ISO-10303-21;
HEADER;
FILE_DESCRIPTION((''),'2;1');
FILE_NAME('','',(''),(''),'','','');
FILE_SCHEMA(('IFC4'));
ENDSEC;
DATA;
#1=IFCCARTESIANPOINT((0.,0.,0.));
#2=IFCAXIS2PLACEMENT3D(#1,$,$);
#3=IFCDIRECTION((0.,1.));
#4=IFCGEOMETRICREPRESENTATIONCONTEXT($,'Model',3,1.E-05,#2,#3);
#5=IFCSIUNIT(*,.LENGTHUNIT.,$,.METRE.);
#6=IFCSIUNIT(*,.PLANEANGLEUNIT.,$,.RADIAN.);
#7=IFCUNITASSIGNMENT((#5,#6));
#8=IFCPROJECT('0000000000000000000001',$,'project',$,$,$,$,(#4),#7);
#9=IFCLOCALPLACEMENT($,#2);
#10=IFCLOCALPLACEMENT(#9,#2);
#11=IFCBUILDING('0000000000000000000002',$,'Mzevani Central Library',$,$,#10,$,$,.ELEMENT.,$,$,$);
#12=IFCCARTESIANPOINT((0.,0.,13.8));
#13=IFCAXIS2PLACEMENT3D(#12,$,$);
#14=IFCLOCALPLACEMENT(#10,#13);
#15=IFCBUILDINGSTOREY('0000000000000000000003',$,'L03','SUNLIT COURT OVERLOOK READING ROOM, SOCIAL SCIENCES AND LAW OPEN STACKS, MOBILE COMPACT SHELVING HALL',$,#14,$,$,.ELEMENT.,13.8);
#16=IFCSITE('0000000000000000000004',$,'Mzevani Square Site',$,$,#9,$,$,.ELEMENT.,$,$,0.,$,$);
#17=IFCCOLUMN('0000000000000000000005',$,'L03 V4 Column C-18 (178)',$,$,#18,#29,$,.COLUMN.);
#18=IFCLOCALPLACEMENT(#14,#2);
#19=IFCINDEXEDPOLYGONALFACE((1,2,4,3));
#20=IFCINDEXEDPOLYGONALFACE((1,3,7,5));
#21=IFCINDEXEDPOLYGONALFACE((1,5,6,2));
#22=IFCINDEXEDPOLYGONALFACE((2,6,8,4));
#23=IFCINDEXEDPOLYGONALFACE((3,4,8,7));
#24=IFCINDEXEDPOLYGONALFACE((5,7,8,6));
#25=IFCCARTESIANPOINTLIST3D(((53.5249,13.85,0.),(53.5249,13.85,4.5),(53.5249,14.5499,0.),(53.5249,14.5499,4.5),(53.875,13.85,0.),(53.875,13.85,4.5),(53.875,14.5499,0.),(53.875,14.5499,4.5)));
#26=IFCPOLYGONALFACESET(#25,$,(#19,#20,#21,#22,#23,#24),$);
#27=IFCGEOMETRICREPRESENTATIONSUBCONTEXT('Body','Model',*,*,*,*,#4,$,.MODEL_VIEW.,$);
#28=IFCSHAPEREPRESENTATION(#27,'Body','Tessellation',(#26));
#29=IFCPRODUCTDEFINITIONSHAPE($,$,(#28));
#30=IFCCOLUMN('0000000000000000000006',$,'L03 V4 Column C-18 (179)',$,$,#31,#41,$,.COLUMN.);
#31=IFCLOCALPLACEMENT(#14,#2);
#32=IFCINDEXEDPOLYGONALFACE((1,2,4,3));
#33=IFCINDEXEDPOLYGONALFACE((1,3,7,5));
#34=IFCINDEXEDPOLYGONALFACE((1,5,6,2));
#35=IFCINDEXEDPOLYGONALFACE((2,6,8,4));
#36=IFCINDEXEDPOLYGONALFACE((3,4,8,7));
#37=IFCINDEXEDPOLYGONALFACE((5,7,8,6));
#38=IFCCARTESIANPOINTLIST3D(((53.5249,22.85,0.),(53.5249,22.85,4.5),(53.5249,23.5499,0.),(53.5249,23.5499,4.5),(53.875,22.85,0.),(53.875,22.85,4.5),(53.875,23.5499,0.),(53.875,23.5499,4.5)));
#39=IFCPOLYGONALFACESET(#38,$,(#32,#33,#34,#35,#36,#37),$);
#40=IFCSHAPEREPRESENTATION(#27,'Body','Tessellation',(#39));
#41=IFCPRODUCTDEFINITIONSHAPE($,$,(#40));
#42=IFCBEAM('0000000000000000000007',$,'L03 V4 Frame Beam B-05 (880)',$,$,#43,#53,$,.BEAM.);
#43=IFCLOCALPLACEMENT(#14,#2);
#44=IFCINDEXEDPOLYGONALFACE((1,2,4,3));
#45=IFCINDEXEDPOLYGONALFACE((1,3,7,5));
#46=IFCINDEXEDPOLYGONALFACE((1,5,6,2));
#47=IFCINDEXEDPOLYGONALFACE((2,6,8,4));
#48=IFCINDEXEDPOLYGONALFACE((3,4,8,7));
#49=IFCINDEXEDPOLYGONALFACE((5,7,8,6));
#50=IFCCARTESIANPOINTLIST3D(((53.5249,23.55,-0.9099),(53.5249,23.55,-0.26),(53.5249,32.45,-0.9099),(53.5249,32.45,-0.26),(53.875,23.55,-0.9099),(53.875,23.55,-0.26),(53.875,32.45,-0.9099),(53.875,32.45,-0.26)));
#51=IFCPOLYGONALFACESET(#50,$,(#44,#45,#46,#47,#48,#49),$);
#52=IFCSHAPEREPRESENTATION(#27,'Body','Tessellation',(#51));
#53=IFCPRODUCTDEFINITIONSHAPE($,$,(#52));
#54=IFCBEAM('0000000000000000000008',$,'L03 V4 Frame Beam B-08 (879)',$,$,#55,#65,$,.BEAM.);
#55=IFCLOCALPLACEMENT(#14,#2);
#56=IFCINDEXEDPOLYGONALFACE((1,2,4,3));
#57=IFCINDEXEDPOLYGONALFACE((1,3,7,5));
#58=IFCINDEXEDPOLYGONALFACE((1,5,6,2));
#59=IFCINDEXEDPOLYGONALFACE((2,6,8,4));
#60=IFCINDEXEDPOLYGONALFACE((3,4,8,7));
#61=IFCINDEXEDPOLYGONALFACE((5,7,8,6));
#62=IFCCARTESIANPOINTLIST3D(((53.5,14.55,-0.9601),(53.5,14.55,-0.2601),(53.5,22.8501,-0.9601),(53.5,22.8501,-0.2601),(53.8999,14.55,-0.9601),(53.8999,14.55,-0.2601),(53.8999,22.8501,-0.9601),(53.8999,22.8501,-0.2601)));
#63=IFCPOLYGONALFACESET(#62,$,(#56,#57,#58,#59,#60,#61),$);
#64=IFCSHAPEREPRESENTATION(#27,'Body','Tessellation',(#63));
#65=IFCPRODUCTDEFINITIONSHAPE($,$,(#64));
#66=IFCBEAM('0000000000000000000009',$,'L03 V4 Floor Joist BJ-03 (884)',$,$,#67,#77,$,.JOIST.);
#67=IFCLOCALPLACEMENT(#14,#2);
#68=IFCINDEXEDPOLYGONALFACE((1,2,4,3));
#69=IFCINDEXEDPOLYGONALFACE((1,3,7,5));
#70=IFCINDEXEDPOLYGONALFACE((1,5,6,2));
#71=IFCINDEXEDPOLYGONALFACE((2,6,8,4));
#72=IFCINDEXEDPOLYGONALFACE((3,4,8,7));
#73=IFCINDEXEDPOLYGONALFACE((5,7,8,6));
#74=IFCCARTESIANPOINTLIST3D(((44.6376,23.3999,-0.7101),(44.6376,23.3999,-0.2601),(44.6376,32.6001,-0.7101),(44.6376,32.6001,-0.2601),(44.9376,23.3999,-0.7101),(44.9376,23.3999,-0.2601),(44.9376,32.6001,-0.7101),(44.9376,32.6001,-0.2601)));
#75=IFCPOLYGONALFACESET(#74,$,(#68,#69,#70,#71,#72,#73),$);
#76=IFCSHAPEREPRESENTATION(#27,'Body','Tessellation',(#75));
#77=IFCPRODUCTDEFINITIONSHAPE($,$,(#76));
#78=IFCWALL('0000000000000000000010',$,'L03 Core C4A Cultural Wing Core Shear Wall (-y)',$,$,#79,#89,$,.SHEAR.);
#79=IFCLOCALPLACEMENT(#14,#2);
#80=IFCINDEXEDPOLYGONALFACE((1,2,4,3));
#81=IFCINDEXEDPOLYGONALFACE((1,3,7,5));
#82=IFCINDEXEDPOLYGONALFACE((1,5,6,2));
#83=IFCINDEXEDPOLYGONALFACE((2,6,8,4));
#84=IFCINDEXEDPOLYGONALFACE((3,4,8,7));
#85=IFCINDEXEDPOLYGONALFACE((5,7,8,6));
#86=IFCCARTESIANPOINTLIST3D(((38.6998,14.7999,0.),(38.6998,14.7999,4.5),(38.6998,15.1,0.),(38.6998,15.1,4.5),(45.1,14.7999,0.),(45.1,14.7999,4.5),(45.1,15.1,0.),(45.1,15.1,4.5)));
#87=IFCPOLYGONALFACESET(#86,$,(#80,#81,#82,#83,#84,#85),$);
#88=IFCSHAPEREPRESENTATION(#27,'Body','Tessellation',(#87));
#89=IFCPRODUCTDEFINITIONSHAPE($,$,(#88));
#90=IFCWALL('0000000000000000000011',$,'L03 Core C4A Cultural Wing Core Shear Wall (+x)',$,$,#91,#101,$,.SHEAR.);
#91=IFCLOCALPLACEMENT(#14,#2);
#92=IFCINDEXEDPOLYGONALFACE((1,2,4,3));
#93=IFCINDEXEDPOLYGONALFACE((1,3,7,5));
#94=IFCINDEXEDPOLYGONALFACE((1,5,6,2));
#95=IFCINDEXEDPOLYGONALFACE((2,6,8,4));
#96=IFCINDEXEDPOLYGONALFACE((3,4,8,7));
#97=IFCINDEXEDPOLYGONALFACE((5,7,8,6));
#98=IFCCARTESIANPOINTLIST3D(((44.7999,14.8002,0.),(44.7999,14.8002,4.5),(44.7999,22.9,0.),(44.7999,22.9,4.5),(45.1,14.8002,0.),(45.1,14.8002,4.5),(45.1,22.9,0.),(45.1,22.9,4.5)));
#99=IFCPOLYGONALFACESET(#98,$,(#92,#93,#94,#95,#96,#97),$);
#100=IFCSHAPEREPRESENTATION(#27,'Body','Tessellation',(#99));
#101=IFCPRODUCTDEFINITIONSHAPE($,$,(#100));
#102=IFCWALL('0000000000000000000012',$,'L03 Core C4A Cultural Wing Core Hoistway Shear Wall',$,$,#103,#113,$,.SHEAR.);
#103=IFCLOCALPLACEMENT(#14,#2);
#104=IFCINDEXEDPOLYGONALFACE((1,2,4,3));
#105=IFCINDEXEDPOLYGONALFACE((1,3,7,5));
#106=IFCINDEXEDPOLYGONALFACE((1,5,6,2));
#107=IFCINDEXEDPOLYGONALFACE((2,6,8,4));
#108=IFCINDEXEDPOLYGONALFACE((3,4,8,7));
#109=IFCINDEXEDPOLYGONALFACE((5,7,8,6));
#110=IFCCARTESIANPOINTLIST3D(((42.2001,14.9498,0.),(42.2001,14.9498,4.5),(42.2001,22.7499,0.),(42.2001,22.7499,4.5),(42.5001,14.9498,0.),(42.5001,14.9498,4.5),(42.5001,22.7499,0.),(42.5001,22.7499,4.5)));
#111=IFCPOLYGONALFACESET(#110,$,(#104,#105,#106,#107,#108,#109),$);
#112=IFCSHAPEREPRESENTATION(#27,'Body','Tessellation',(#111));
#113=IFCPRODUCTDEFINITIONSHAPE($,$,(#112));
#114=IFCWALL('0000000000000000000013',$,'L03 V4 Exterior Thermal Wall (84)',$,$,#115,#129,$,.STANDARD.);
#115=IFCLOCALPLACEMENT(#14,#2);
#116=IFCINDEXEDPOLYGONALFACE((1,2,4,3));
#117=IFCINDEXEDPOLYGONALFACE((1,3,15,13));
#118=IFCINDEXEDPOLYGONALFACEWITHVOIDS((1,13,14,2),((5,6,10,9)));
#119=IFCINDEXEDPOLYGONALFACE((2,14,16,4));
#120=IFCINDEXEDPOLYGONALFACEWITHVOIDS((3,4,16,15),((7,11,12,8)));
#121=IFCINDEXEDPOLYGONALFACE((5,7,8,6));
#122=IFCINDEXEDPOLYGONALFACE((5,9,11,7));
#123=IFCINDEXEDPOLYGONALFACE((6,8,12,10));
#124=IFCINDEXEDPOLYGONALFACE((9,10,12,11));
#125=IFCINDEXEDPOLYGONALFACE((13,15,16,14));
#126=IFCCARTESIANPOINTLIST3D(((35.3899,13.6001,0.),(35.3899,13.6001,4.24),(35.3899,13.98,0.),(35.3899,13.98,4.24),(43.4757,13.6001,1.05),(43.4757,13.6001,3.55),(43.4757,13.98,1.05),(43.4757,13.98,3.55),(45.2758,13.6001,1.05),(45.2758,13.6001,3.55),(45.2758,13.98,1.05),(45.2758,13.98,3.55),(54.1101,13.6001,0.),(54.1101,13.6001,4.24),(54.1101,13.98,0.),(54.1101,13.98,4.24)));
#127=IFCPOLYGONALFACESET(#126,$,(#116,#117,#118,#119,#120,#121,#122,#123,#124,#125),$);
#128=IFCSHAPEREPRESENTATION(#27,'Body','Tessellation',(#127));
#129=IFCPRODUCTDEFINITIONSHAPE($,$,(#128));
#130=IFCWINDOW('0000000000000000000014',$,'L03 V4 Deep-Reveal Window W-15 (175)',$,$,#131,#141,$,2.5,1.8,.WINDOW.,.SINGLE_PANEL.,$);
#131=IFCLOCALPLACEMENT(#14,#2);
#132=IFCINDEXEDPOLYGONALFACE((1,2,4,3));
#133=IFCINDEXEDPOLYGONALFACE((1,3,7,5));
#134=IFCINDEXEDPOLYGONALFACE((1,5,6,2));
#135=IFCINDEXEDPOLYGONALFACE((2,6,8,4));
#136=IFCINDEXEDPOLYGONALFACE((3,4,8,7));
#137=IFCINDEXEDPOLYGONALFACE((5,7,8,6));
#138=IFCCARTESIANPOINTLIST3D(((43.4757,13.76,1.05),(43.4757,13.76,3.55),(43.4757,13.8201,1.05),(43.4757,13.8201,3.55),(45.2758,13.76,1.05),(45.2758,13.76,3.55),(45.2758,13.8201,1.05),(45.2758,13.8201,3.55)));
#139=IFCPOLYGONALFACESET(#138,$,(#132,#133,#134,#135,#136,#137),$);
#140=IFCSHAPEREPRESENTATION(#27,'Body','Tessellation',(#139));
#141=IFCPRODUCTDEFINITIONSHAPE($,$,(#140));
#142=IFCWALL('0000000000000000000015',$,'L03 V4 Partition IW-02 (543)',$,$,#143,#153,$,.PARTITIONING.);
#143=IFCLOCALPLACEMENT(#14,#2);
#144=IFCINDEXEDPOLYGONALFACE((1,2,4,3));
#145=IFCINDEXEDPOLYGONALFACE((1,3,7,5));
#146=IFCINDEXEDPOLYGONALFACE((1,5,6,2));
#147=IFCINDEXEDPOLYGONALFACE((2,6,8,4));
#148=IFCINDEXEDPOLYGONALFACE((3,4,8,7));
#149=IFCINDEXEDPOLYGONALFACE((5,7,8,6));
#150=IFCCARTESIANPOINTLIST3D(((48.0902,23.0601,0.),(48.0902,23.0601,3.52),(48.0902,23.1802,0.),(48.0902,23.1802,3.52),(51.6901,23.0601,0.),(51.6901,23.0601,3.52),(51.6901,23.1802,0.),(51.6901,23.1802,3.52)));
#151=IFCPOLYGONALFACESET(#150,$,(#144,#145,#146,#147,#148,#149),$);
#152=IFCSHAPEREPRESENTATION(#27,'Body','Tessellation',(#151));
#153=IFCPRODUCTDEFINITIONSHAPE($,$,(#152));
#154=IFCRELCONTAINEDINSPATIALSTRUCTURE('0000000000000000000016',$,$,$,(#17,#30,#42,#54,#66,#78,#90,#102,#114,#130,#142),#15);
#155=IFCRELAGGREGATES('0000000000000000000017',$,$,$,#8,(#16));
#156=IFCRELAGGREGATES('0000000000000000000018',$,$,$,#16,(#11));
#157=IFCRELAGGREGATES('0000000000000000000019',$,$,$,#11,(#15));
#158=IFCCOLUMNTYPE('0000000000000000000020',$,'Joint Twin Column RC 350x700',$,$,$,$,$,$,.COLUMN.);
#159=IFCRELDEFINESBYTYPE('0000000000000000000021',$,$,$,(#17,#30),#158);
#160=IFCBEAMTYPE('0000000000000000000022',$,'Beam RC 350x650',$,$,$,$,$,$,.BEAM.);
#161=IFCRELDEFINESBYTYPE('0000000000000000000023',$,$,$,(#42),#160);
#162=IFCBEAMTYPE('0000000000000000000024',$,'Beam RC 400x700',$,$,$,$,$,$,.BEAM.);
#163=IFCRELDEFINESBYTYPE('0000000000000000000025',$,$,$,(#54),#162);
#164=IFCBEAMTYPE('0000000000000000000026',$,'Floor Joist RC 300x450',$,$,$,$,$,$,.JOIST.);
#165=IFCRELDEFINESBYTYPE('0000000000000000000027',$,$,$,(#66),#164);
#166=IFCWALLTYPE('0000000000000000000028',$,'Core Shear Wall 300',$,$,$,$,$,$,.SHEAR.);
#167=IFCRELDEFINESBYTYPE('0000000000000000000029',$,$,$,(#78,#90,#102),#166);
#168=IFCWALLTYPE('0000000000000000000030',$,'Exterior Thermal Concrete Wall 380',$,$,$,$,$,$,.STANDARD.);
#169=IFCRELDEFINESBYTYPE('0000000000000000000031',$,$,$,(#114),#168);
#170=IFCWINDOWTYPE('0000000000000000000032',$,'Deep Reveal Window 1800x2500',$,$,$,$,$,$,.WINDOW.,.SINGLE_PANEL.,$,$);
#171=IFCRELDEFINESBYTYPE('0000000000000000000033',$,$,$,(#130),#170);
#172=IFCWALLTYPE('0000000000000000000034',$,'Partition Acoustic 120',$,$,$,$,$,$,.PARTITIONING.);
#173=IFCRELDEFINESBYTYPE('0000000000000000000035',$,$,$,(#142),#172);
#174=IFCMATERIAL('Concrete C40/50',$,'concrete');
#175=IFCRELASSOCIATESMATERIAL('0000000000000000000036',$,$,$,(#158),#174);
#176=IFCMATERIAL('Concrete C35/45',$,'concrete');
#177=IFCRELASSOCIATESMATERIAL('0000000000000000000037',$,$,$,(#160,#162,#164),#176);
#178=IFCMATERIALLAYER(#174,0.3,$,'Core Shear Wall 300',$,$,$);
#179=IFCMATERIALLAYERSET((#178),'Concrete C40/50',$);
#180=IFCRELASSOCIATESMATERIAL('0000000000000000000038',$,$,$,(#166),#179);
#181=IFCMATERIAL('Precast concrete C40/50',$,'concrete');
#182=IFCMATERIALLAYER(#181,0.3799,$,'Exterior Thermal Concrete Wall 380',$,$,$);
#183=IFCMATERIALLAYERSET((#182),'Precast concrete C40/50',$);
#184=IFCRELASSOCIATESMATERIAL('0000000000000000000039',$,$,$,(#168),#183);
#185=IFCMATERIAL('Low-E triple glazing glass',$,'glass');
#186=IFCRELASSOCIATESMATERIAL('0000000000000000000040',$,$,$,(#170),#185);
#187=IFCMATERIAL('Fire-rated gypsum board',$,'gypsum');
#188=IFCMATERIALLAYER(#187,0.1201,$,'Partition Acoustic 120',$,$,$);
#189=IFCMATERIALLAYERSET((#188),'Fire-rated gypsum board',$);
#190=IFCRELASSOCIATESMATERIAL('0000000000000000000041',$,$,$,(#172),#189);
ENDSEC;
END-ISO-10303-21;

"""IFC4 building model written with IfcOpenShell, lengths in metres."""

from ifc_helpers import new_model, si_unit, direction, frame, frame_2d, origin, origin_2d, place, context, subcontext, project, spatial, rectangle, extrude, material, layer, layer_set, material_profile, profile_set, type_object, element, fill, save


model = new_model("IFC4")

# Units and contexts
model_context = context("Model", 3, precision=1e-05, world=origin(), true_north=direction((0.0, 1.0)))
body_context = subcontext(model_context, "Body", "Model", "MODEL_VIEW")
ifc_project = project(units=[si_unit("LENGTHUNIT", "METRE"), si_unit("PLANEANGLEUNIT", "RADIAN")], contexts=[model_context])

# Site, building, storey
site_placement = place(None, origin())
site = spatial("IfcSite", under=ifc_project, at=site_placement, Name="Mzevani Square Site", CompositionType="ELEMENT", RefElevation=0.0)
building_placement = place(site_placement, origin())
building = spatial("IfcBuilding", under=site, at=building_placement, Name="Mzevani Central Library", CompositionType="ELEMENT")
storey_placement = place(building_placement, frame((0.0, 0.0, 13.8)))
storey = spatial("IfcBuildingStorey", under=building, at=storey_placement, Name="L03", Description="SUNLIT COURT OVERLOOK READING ROOM, SOCIAL SCIENCES AND LAW OPEN STACKS, MOBILE COMPACT SHELVING HALL", CompositionType="ELEMENT", Elevation=13.8)

# Columns
ifc_material_1 = material(Name="Concrete C40/50", Category="concrete")
ifc_material_profile_1 = material_profile(ifc_material_1, rectangle(XDim=0.3501, YDim=0.7, at=origin_2d()), Name="RC 350x700")
ifc_profile_set_1 = profile_set([ifc_material_profile_1], Name="Concrete C40/50")
column_type = type_object("IfcColumnType", Name="Joint Twin Column RC 350x700", PredefinedType="COLUMN", material=ifc_profile_set_1)
for number, where, z_axis, x_axis, name in (
    (1, (53.7, 14.2, 0.0), (0.0, 0.0, 1.0), (1.0, 0.0, 0.0), "L03 V4 Column C-18 (178)"),
    (2, (53.7, 23.2, 0.0), (0.0, 0.0, 1.0), (1.0, 0.0, 0.0), "L03 V4 Column C-18 (179)"),
):
    element("IfcColumn", number, at=place(storey_placement, frame(where, z_axis=z_axis, x_axis=x_axis)), inside=storey, type_object=column_type, Name=name, PredefinedType="COLUMN", context=body_context, shape_type="SweptSolid", body=[
        extrude(rectangle(XDim=0.3501, YDim=0.7, at=origin_2d()), origin(), (0.0, 0.0, 1.0), 4.5),
    ])

# Beams
ifc_material_2 = material(Name="Concrete C35/45", Category="concrete")
ifc_material_profile_2 = material_profile(ifc_material_2, rectangle(XDim=0.3501, YDim=0.6499, at=origin_2d()), Name="RC B350x650")
ifc_profile_set_2 = profile_set([ifc_material_profile_2], Name="Concrete C35/45")
beam_type_1 = type_object("IfcBeamType", Name="Beam RC 350x650", PredefinedType="BEAM", material=ifc_profile_set_2)
beam_1_placement = place(storey_placement, frame((53.7, 23.55, -0.585), z_axis=(0.0, 1.0, 0.0), x_axis=(-1.0, 0.0, 0.0)))
element("IfcBeam", 3, at=beam_1_placement, inside=storey, type_object=beam_type_1, Name="L03 V4 Frame Beam B-05 (880)", PredefinedType="BEAM", context=body_context, shape_type="SweptSolid", body=[
    extrude(rectangle(XDim=0.3501, YDim=0.6499, at=origin_2d()), origin(), (0.0, 0.0, 1.0), 8.8999),
])
ifc_material_profile_3 = material_profile(ifc_material_2, rectangle(XDim=0.3999, YDim=0.7, at=origin_2d()), Name="RC B400x700")
ifc_profile_set_3 = profile_set([ifc_material_profile_3], Name="Concrete C35/45")
beam_type_2 = type_object("IfcBeamType", Name="Beam RC 400x700", PredefinedType="BEAM", material=ifc_profile_set_3)
beam_2_placement = place(storey_placement, frame((53.7, 14.55, -0.6101), z_axis=(0.0, 1.0, 0.0), x_axis=(-1.0, 0.0, 0.0)))
element("IfcBeam", 4, at=beam_2_placement, inside=storey, type_object=beam_type_2, Name="L03 V4 Frame Beam B-08 (879)", PredefinedType="BEAM", context=body_context, shape_type="SweptSolid", body=[
    extrude(rectangle(XDim=0.3999, YDim=0.7, at=origin_2d()), origin(), (0.0, 0.0, 1.0), 8.3),
])
ifc_material_profile_4 = material_profile(ifc_material_2, rectangle(XDim=0.3, YDim=0.45, at=origin_2d()), Name="RC J300x450")
ifc_profile_set_4 = profile_set([ifc_material_profile_4], Name="Concrete C35/45")
beam_type_3 = type_object("IfcBeamType", Name="Floor Joist RC 300x450", PredefinedType="JOIST", material=ifc_profile_set_4)
beam_3_placement = place(storey_placement, frame((44.7876, 23.3999, -0.4851), z_axis=(0.0, 1.0, 0.0), x_axis=(-1.0, 0.0, 0.0)))
element("IfcBeam", 5, at=beam_3_placement, inside=storey, type_object=beam_type_3, Name="L03 V4 Floor Joist BJ-03 (884)", PredefinedType="JOIST", context=body_context, shape_type="SweptSolid", body=[
    extrude(rectangle(XDim=0.3, YDim=0.45, at=origin_2d()), origin(), (0.0, 0.0, 1.0), 9.2002),
])

# Walls
ifc_layer_1 = layer(ifc_material_1, 0.3, Name="Core Shear Wall 300")
ifc_layer_set_1 = layer_set([ifc_layer_1], Name="Concrete C40/50")
wall_type_1 = type_object("IfcWallType", Name="Core Shear Wall 300", PredefinedType="SHEAR", material=ifc_layer_set_1)
wall_1_placement = place(storey_placement, frame((45.1001, 14.95, 0.0), z_axis=(0.0, 0.0, 1.0), x_axis=(-1.0, 0.0, 0.0)))
element("IfcWall", 6, at=wall_1_placement, inside=storey, type_object=wall_type_1, Name="L03 Core C4A Cultural Wing Core Shear Wall (-y)", PredefinedType="SHEAR", context=body_context, shape_type="SweptSolid", body=[
    extrude(rectangle(XDim=6.4001, YDim=0.3, at=frame_2d((3.2002, 0.0))), origin(), (0.0, 0.0, 1.0), 4.5),
])
wall_2_placement = place(storey_placement, frame((44.95, 22.8999, 0.0), z_axis=(0.0, 0.0, 1.0), x_axis=(0.0, -1.0, 0.0)))
element("IfcWall", 7, at=wall_2_placement, inside=storey, type_object=wall_type_1, Name="L03 Core C4A Cultural Wing Core Shear Wall (+x)", PredefinedType="SHEAR", context=body_context, shape_type="SweptSolid", body=[
    extrude(rectangle(XDim=8.0999, YDim=0.3, at=frame_2d((4.0498, 0.0))), origin(), (0.0, 0.0, 1.0), 4.5),
])
wall_3_placement = place(storey_placement, frame((42.3501, 14.95, 0.0), z_axis=(0.0, 0.0, 1.0), x_axis=(0.0, 1.0, 0.0)))
element("IfcWall", 8, at=wall_3_placement, inside=storey, type_object=wall_type_1, Name="L03 Core C4A Cultural Wing Core Hoistway Shear Wall", PredefinedType="SHEAR", context=body_context, shape_type="SweptSolid", body=[
    extrude(rectangle(XDim=7.8, YDim=0.3, at=frame_2d((3.8999, 0.0))), origin(), (0.0, 0.0, 1.0), 4.5),
])

# Wall, opening, window
ifc_material_3 = material(Name="Precast concrete C40/50", Category="concrete")
ifc_layer_2 = layer(ifc_material_3, 0.3799, Name="Exterior Thermal Concrete Wall 380")
ifc_layer_set_2 = layer_set([ifc_layer_2], Name="Precast concrete C40/50")
wall_type_2 = type_object("IfcWallType", Name="Exterior Thermal Concrete Wall 380", PredefinedType="STANDARD", material=ifc_layer_set_2)
wall_4_placement = place(storey_placement, frame((54.1101, 13.79, 0.0), z_axis=(0.0, 0.0, 1.0), x_axis=(-1.0, 0.0, 0.0)))
wall_4 = element("IfcWall", 9, at=wall_4_placement, inside=storey, type_object=wall_type_2, Name="L03 V4 Exterior Thermal Wall (84)", PredefinedType="STANDARD", context=body_context, shape_type="SweptSolid", body=[
    extrude(rectangle(XDim=18.7202, YDim=0.3799, at=frame_2d((9.3601, 0.0))), origin(), (0.0, 0.0, 1.0), 4.24),
])
opening_1_placement = place(wall_4_placement, frame((8.8345, 0.0, 1.05)))
opening_1 = element("IfcOpeningElement", 10, at=opening_1_placement, cuts=wall_4, PredefinedType="OPENING", context=body_context, shape_type="SweptSolid", body=[
    extrude(rectangle(XDim=1.8, YDim=2.5, at=frame_2d((0.8999, 1.25))), frame((0.0, 0.2, 0.0), z_axis=(0.0, -1.0, 0.0), x_axis=(1.0, 0.0, 0.0)), (0.0, 0.0, 1.0), 0.3999),
])
ifc_material_4 = material(Name="Low-E triple glazing glass", Category="glass")
window_type = type_object("IfcWindowType", Name="Deep Reveal Window 1800x2500", PartitioningType="SINGLE_PANEL", PredefinedType="WINDOW", material=ifc_material_4)
window_placement = place(opening_1_placement, origin())
window = element("IfcWindow", 11, at=window_placement, inside=storey, type_object=window_type, Name="L03 V4 Deep-Reveal Window W-15 (175)", OverallHeight=2.5, OverallWidth=1.8, PartitioningType="SINGLE_PANEL", PredefinedType="WINDOW", context=body_context, shape_type="SweptSolid", body=[
    extrude(rectangle(XDim=1.8, YDim=2.5, at=frame_2d((0.8999, 1.25))), frame((0.0, 0.03, 0.0), z_axis=(0.0, -1.0, 0.0), x_axis=(1.0, 0.0, 0.0)), (0.0, 0.0, 1.0), 0.0601),
])
fill(opening_1, window)

# Wall
ifc_material_5 = material(Name="Fire-rated gypsum board", Category="gypsum")
ifc_layer_3 = layer(ifc_material_5, 0.1201, Name="Partition Acoustic 120")
ifc_layer_set_3 = layer_set([ifc_layer_3], Name="Fire-rated gypsum board")
wall_type_3 = type_object("IfcWallType", Name="Partition Acoustic 120", PredefinedType="PARTITIONING", material=ifc_layer_set_3)
wall_5_placement = place(storey_placement, frame((51.6899, 23.1201, 0.0), z_axis=(0.0, 0.0, 1.0), x_axis=(-1.0, 0.0, 0.0)))
element("IfcWall", 12, at=wall_5_placement, inside=storey, type_object=wall_type_3, Name="L03 V4 Partition IW-02 (543)", PredefinedType="PARTITIONING", context=body_context, shape_type="SweptSolid", body=[
    extrude(rectangle(XDim=3.5999, YDim=0.1201, at=frame_2d((1.7998, 0.0))), origin(), (0.0, 0.0, 1.0), 3.52),
])

save(model, "model.ifc")
